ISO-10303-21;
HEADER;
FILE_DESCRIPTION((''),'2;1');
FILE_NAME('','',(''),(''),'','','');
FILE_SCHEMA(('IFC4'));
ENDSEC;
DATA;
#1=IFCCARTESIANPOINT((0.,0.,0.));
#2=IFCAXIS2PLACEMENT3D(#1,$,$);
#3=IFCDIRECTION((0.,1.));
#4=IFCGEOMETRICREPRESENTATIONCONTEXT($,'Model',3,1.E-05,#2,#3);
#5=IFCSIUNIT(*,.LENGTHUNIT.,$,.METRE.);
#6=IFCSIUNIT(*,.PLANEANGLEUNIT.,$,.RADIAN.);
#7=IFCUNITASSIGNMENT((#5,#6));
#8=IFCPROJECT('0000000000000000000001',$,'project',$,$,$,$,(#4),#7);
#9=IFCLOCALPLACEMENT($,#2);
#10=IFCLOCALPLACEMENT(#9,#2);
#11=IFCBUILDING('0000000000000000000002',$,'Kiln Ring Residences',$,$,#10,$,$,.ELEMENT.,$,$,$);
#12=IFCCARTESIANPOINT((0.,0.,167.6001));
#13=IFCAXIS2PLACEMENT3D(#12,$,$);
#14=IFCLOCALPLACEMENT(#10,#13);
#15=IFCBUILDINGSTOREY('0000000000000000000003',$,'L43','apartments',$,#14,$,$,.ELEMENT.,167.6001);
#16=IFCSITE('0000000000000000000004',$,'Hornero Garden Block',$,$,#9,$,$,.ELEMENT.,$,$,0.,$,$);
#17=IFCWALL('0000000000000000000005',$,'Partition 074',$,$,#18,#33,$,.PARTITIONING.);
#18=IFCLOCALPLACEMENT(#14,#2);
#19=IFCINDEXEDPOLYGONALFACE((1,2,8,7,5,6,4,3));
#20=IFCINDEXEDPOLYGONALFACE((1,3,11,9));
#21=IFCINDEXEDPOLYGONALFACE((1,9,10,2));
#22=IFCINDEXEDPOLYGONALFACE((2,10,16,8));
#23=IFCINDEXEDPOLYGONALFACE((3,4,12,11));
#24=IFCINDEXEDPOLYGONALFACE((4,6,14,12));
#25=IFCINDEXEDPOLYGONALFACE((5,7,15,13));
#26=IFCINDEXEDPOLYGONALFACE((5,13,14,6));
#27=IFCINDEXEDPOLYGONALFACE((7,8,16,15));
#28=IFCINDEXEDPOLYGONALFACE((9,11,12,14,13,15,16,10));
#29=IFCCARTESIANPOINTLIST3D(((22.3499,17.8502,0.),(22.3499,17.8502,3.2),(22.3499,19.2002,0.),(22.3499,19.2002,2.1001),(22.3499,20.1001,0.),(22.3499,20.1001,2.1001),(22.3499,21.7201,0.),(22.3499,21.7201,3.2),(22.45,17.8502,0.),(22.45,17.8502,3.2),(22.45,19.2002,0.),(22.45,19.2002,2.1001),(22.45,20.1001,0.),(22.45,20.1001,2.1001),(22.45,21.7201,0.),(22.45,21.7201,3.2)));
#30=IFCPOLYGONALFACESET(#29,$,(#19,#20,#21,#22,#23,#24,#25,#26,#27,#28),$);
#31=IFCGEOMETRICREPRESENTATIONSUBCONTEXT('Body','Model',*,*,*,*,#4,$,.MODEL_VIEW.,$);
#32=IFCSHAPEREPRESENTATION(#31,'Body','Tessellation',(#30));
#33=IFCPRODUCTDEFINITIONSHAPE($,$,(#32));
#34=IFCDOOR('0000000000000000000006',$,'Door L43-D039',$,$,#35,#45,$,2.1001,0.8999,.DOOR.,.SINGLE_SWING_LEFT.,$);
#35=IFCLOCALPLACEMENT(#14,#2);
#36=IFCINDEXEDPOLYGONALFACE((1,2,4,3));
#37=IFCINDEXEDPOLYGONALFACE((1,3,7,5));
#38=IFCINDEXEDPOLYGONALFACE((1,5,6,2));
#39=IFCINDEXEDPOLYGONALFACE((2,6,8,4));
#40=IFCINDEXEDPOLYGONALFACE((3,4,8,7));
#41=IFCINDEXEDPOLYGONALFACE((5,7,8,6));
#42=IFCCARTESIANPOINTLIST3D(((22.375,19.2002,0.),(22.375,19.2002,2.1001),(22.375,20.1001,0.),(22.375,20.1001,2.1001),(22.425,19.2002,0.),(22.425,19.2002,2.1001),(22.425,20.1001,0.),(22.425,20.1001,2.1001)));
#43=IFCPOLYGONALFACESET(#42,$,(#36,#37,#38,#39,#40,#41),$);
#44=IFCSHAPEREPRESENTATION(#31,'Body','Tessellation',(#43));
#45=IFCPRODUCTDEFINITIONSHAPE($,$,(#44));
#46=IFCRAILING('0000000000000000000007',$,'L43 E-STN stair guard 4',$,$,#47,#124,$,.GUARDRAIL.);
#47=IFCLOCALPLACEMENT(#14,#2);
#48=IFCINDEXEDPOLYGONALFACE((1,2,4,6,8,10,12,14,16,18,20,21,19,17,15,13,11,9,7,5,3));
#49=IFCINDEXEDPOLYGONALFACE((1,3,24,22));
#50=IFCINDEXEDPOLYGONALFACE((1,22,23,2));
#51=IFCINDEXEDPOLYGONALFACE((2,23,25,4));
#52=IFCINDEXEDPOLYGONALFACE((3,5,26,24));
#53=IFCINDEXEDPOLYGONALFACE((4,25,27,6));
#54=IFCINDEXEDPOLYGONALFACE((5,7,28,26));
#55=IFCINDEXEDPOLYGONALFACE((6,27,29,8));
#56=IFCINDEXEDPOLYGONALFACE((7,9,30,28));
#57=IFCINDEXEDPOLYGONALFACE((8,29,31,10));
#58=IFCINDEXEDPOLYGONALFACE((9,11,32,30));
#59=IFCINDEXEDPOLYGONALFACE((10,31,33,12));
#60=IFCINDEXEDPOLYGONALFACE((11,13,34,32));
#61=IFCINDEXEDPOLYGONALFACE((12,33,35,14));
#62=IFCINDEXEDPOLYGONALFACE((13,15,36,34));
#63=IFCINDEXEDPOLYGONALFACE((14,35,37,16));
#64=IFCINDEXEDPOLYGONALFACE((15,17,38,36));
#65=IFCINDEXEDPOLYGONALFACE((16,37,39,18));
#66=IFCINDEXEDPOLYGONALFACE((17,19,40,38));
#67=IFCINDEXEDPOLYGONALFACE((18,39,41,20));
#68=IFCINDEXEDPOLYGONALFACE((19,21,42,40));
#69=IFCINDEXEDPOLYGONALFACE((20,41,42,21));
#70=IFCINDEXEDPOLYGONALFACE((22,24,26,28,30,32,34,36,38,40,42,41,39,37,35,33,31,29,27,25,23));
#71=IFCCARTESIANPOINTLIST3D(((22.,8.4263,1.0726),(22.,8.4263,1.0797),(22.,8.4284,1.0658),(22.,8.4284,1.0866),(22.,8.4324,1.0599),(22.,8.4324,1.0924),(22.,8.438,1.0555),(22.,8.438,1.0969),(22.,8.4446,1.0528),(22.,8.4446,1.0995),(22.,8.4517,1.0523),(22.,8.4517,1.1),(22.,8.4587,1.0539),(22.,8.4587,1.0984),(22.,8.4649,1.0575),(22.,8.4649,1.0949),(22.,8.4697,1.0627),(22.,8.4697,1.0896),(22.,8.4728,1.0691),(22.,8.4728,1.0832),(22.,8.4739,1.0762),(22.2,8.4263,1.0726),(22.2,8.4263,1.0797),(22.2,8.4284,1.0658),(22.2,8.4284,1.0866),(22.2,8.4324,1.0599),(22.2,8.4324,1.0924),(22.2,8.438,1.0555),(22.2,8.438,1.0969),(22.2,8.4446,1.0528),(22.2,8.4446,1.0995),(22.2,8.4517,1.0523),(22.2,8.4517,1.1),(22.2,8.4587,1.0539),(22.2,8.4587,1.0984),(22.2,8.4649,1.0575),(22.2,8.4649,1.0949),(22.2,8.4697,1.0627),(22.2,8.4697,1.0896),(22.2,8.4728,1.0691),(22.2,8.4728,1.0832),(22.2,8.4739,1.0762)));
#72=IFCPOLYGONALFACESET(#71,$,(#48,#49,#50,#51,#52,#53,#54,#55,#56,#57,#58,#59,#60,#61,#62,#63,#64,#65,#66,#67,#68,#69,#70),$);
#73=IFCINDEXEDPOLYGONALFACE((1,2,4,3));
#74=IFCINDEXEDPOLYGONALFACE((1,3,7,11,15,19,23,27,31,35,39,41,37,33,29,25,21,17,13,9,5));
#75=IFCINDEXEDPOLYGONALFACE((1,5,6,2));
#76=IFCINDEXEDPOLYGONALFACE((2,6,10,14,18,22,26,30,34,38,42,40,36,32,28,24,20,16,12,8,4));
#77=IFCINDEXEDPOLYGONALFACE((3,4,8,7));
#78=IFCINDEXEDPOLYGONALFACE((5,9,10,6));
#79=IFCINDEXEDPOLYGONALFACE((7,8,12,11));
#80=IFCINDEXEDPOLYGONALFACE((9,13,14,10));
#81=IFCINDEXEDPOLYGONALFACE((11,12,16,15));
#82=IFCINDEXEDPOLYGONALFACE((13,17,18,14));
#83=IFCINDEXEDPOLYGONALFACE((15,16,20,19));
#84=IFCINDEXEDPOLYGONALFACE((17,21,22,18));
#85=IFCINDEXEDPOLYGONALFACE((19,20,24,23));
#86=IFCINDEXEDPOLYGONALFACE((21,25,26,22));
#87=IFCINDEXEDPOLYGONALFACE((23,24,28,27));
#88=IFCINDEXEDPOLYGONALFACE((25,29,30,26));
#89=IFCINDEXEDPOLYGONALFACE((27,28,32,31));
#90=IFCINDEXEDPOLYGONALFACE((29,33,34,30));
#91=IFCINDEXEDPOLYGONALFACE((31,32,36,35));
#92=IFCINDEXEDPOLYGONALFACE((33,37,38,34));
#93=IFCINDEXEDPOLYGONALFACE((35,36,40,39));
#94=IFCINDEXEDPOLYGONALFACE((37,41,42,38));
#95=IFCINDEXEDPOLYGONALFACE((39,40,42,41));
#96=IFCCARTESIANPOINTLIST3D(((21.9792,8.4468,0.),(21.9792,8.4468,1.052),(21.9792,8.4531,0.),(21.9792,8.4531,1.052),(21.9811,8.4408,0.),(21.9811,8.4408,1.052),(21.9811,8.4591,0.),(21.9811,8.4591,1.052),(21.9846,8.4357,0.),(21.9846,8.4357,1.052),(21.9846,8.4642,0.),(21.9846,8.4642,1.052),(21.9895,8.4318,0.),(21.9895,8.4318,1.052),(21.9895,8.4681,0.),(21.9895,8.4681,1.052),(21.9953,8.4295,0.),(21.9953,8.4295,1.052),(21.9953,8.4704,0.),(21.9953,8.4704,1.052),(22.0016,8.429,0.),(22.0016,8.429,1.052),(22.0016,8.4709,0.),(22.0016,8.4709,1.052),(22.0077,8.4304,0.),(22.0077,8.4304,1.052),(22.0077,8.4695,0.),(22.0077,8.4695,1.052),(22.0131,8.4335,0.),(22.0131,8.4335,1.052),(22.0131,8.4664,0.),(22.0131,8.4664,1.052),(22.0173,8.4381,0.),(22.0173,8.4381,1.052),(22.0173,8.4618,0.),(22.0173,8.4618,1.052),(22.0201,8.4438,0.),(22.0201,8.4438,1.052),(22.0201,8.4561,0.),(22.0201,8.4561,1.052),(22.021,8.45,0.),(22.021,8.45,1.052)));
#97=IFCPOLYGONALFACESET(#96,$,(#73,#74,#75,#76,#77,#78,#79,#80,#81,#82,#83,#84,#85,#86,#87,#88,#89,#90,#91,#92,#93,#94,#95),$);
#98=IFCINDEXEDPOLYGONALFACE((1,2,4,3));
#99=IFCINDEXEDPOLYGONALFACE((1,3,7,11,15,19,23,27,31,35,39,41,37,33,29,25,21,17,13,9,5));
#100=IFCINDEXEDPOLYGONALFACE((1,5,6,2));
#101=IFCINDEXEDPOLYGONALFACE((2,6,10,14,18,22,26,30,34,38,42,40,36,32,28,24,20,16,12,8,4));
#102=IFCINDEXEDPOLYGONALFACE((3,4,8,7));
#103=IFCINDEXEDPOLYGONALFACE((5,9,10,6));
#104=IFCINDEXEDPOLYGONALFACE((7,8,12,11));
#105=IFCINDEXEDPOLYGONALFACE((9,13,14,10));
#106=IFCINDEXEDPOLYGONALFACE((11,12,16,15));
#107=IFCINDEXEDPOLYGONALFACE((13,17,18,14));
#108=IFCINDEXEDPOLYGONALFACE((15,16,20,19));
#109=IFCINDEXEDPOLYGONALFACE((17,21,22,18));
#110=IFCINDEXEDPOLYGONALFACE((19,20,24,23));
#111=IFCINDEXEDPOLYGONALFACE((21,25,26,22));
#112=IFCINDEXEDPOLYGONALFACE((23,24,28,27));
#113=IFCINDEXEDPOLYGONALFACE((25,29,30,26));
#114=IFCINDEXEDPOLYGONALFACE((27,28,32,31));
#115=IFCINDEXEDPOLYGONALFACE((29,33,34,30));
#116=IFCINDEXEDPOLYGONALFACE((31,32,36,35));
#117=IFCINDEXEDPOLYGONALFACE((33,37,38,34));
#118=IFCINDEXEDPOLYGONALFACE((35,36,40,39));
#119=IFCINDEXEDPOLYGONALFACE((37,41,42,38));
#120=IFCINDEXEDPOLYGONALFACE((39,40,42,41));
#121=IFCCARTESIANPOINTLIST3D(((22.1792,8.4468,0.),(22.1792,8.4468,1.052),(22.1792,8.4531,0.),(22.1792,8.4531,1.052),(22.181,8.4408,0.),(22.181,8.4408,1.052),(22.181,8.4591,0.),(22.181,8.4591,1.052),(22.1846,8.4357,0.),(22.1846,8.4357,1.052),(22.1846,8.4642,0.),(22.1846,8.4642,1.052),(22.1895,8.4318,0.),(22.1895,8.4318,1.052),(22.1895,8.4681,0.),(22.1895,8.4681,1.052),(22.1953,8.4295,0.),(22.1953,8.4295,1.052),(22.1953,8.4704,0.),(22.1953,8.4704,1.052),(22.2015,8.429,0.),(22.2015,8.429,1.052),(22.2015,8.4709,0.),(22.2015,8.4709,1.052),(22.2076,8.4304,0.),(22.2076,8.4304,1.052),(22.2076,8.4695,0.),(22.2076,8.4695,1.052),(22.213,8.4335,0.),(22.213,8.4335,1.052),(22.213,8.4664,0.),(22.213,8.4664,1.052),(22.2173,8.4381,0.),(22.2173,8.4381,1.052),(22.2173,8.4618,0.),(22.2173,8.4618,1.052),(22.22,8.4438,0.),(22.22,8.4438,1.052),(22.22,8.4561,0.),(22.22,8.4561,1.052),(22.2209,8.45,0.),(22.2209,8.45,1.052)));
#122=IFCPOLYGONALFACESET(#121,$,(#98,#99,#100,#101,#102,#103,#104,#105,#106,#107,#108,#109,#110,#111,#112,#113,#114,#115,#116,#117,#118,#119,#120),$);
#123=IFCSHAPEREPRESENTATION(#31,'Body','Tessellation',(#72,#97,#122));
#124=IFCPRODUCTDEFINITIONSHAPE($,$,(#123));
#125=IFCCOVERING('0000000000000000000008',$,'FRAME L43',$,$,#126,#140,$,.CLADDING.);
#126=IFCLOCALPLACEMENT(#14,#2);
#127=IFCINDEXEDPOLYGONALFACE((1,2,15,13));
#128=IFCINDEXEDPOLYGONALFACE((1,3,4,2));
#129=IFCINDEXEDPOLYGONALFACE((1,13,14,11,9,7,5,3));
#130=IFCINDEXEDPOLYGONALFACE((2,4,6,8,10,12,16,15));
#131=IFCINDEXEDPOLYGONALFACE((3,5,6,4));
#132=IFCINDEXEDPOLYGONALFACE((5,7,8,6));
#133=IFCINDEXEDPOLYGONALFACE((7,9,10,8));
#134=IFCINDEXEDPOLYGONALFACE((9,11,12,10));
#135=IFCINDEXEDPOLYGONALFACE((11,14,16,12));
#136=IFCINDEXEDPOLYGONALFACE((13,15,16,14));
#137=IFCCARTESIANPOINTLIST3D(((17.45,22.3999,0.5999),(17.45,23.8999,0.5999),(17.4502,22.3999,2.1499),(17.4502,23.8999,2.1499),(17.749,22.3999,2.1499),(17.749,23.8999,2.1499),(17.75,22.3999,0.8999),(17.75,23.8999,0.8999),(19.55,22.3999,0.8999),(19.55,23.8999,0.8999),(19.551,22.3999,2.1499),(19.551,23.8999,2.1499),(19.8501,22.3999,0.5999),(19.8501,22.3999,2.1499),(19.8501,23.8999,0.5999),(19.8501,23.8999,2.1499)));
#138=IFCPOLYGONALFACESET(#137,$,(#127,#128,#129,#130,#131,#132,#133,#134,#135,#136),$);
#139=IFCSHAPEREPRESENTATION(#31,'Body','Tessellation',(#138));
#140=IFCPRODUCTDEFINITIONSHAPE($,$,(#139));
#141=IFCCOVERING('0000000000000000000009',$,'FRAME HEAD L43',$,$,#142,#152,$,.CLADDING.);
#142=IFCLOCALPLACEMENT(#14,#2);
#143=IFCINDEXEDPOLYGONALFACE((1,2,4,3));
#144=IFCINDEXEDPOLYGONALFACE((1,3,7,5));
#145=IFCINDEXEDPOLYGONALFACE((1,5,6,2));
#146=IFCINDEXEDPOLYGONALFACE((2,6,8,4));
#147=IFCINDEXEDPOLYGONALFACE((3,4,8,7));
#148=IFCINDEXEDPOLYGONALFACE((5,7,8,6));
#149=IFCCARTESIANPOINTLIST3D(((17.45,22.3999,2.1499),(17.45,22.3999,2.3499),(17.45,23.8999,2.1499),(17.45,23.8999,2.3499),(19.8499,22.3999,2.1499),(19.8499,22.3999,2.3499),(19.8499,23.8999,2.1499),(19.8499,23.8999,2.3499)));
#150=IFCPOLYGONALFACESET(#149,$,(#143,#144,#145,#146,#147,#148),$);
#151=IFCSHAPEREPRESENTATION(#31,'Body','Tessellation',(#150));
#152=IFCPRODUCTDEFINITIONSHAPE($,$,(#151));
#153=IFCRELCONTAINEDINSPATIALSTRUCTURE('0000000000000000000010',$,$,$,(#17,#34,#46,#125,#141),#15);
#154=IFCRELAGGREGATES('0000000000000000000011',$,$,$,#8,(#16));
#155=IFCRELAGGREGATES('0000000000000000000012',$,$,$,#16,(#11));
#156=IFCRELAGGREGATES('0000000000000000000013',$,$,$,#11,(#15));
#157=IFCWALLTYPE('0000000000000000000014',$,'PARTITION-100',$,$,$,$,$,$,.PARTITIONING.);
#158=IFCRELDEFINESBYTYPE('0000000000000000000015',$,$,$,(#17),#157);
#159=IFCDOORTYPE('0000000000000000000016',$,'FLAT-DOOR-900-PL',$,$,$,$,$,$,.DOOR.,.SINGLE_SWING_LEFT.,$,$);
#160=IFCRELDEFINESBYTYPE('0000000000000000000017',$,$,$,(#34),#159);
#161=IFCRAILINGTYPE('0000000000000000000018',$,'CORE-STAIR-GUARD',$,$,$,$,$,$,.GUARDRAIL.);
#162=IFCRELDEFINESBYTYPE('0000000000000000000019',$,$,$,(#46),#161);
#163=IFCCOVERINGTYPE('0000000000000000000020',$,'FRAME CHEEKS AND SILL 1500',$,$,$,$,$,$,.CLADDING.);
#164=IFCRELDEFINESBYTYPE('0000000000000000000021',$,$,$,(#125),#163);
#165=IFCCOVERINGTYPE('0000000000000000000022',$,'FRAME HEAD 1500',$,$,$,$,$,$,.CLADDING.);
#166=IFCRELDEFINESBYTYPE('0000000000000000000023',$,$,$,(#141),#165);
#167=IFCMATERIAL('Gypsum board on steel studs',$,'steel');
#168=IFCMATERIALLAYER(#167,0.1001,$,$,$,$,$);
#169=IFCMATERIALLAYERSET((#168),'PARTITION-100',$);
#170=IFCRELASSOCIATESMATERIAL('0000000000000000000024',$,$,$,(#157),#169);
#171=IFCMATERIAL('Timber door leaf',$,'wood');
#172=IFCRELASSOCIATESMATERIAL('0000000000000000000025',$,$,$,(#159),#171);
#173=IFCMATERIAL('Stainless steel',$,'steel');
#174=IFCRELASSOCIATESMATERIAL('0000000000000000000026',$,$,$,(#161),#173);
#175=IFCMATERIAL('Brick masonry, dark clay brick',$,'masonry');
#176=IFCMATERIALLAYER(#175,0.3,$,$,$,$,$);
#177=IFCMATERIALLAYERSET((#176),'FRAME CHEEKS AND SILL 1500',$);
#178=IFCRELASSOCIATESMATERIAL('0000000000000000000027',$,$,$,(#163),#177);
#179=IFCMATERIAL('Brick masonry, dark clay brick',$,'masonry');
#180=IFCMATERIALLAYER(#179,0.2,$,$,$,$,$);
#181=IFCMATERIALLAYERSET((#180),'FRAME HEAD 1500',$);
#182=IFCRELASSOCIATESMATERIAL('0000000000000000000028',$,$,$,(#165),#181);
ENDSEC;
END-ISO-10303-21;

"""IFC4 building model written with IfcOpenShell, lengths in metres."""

from ifc_helpers import new_model, si_unit, direction, frame, frame_2d, origin, origin_2d, place, context, subcontext, project, spatial, polyline, rectangle, circle, outline, extrude, material, layer, layer_set, type_object, element, fill, save


model = new_model("IFC4")

# Units and contexts
model_context = context("Model", 3, precision=1e-05, world=origin(), true_north=direction((0.0, 1.0)))
body_context = subcontext(model_context, "Body", "Model", "MODEL_VIEW")
ifc_project = project(units=[si_unit("LENGTHUNIT", "METRE"), si_unit("PLANEANGLEUNIT", "RADIAN")], contexts=[model_context])

# Site, building, storey
site_placement = place(None, origin())
site = spatial("IfcSite", under=ifc_project, at=site_placement, Name="Hornero Garden Block", CompositionType="ELEMENT", RefElevation=0.0)
building_placement = place(site_placement, origin())
building = spatial("IfcBuilding", under=site, at=building_placement, Name="Kiln Ring Residences", CompositionType="ELEMENT")
storey_placement = place(building_placement, frame((0.0, 0.0, 167.6001)))
storey = spatial("IfcBuildingStorey", under=building, at=storey_placement, Name="L43", Description="apartments", CompositionType="ELEMENT", Elevation=167.6001)

# Shared definitions
ifc_material_1 = material(Name="Gypsum board on steel studs", Category="steel")
ifc_layer_1 = layer(ifc_material_1, 0.1001)
ifc_layer_set_1 = layer_set([ifc_layer_1], Name="PARTITION-100")
wall_type_1 = type_object("IfcWallType", Name="PARTITION-100", PredefinedType="PARTITIONING", material=ifc_layer_set_1)

# Wall, opening, door
wall_1_placement = place(storey_placement, frame((22.3999, 17.8501, 0.0), z_axis=(0.0, 0.0, 1.0), x_axis=(0.0, 1.0, 0.0)))
wall_1 = element("IfcWall", 1, at=wall_1_placement, inside=storey, type_object=wall_type_1, Name="Partition 074", PredefinedType="PARTITIONING", context=body_context, shape_type="SweptSolid", body=[
    extrude(rectangle(XDim=3.8699, YDim=0.1001, at=frame_2d((1.9351, 0.0))), origin(), (0.0, 0.0, 1.0), 3.2),
])
opening_1_placement = place(wall_1_placement, frame((1.3501, 0.0, 0.0)))
opening_1 = element("IfcOpeningElement", 2, at=opening_1_placement, cuts=wall_1, PredefinedType="OPENING", context=body_context, shape_type="SweptSolid", body=[
    extrude(rectangle(XDim=0.8999, YDim=2.1001, at=frame_2d((0.45, 1.05))), frame((0.0, 0.0601, 0.0), z_axis=(0.0, -1.0, 0.0), x_axis=(1.0, 0.0, 0.0)), (0.0, 0.0, 1.0), 0.1201),
])
ifc_material_2 = material(Name="Timber door leaf", Category="wood")
door_type_1 = type_object("IfcDoorType", Name="FLAT-DOOR-900-PL", OperationType="SINGLE_SWING_LEFT", PredefinedType="DOOR", material=ifc_material_2)
door_1_placement = place(opening_1_placement, origin())
door_1 = element("IfcDoor", 3, at=door_1_placement, inside=storey, type_object=door_type_1, Name="Door L43-D039", OperationType="SINGLE_SWING_LEFT", OverallHeight=2.1001, OverallWidth=0.8999, PredefinedType="DOOR", context=body_context, shape_type="SweptSolid", body=[
    extrude(rectangle(XDim=0.8999, YDim=2.1001, at=frame_2d((0.45, 1.05))), frame((0.0, 0.0249, 0.0), z_axis=(0.0, -1.0, 0.0), x_axis=(1.0, 0.0, 0.0)), (0.0, 0.0, 1.0), 0.05),
])
fill(opening_1, door_1)

# Railing
ifc_material_3 = material(Name="Stainless steel", Category="steel")
railing_type = type_object("IfcRailingType", Name="CORE-STAIR-GUARD", PredefinedType="GUARDRAIL", material=ifc_material_3)
railing_placement = place(storey_placement, frame((22.0, 8.45, 0.0)))
element("IfcRailing", 4, at=railing_placement, inside=storey, type_object=railing_type, Name="L43 E-STN stair guard 4", PredefinedType="GUARDRAIL", context=body_context, shape_type="SweptSolid", body=[
    extrude(circle(Radius=0.0239, at=origin_2d()), frame((0.0, 0.0, 1.0762), z_axis=(1.0, 0.0, 0.0), x_axis=(0.0, 1.0, 0.0)), (0.0, 0.0, 1.0), 0.2),
    extrude(circle(Radius=0.021, at=origin_2d()), origin(), (0.0, 0.0, 1.0), 1.052),
    extrude(circle(Radius=0.021, at=origin_2d()), frame((0.2, 0.0, 0.0)), (0.0, 0.0, 1.0), 1.052),
])

# Coverings
ifc_material_4 = material(Name="Brick masonry, dark clay brick", Category="masonry")
ifc_layer_2 = layer(ifc_material_4, 0.3)
ifc_layer_set_2 = layer_set([ifc_layer_2], Name="FRAME CHEEKS AND SILL 1500")
covering_type_1 = type_object("IfcCoveringType", Name="FRAME CHEEKS AND SILL 1500", PredefinedType="CLADDING", material=ifc_layer_set_2)
covering_1_placement = place(storey_placement, frame((19.8501, 23.1499, 0.5999), z_axis=(0.0, 0.0, 1.0), x_axis=(-1.0, 0.0, 0.0)))
element("IfcCovering", 5, at=covering_1_placement, inside=storey, type_object=covering_type_1, Name="FRAME L43", PredefinedType="CLADDING", context=body_context, shape_type="SweptSolid", body=[
    extrude(outline(polyline([(0.0, 0.0), (2.4001, 0.0), (2.3999, 1.55), (2.1011, 1.55), (2.1001, 0.3), (0.3, 0.3), (0.2991, 1.55), (0.0, 1.55), (0.0, 0.0)])), frame((0.0, 0.75, 0.0), z_axis=(0.0, -1.0, 0.0), x_axis=(1.0, 0.0, 0.0)), (0.0, 0.0, 1.0), 1.5),
])
ifc_material_5 = material(Name="Brick masonry, dark clay brick", Category="masonry")
ifc_layer_3 = layer(ifc_material_5, 0.2)
ifc_layer_set_3 = layer_set([ifc_layer_3], Name="FRAME HEAD 1500")
covering_type_2 = type_object("IfcCoveringType", Name="FRAME HEAD 1500", PredefinedType="CLADDING", material=ifc_layer_set_3)
covering_2_placement = place(storey_placement, frame((18.6499, 23.1499, 2.1499), z_axis=(0.0, 0.0, 1.0), x_axis=(-1.0, 0.0, 0.0)))
element("IfcCovering", 6, at=covering_2_placement, inside=storey, type_object=covering_type_2, Name="FRAME HEAD L43", PredefinedType="CLADDING", context=body_context, shape_type="SweptSolid", body=[
    extrude(rectangle(XDim=2.3999, YDim=1.5, at=origin_2d()), origin(), (0.0, 0.0, 1.0), 0.2),
])

save(model, "model.ifc")
